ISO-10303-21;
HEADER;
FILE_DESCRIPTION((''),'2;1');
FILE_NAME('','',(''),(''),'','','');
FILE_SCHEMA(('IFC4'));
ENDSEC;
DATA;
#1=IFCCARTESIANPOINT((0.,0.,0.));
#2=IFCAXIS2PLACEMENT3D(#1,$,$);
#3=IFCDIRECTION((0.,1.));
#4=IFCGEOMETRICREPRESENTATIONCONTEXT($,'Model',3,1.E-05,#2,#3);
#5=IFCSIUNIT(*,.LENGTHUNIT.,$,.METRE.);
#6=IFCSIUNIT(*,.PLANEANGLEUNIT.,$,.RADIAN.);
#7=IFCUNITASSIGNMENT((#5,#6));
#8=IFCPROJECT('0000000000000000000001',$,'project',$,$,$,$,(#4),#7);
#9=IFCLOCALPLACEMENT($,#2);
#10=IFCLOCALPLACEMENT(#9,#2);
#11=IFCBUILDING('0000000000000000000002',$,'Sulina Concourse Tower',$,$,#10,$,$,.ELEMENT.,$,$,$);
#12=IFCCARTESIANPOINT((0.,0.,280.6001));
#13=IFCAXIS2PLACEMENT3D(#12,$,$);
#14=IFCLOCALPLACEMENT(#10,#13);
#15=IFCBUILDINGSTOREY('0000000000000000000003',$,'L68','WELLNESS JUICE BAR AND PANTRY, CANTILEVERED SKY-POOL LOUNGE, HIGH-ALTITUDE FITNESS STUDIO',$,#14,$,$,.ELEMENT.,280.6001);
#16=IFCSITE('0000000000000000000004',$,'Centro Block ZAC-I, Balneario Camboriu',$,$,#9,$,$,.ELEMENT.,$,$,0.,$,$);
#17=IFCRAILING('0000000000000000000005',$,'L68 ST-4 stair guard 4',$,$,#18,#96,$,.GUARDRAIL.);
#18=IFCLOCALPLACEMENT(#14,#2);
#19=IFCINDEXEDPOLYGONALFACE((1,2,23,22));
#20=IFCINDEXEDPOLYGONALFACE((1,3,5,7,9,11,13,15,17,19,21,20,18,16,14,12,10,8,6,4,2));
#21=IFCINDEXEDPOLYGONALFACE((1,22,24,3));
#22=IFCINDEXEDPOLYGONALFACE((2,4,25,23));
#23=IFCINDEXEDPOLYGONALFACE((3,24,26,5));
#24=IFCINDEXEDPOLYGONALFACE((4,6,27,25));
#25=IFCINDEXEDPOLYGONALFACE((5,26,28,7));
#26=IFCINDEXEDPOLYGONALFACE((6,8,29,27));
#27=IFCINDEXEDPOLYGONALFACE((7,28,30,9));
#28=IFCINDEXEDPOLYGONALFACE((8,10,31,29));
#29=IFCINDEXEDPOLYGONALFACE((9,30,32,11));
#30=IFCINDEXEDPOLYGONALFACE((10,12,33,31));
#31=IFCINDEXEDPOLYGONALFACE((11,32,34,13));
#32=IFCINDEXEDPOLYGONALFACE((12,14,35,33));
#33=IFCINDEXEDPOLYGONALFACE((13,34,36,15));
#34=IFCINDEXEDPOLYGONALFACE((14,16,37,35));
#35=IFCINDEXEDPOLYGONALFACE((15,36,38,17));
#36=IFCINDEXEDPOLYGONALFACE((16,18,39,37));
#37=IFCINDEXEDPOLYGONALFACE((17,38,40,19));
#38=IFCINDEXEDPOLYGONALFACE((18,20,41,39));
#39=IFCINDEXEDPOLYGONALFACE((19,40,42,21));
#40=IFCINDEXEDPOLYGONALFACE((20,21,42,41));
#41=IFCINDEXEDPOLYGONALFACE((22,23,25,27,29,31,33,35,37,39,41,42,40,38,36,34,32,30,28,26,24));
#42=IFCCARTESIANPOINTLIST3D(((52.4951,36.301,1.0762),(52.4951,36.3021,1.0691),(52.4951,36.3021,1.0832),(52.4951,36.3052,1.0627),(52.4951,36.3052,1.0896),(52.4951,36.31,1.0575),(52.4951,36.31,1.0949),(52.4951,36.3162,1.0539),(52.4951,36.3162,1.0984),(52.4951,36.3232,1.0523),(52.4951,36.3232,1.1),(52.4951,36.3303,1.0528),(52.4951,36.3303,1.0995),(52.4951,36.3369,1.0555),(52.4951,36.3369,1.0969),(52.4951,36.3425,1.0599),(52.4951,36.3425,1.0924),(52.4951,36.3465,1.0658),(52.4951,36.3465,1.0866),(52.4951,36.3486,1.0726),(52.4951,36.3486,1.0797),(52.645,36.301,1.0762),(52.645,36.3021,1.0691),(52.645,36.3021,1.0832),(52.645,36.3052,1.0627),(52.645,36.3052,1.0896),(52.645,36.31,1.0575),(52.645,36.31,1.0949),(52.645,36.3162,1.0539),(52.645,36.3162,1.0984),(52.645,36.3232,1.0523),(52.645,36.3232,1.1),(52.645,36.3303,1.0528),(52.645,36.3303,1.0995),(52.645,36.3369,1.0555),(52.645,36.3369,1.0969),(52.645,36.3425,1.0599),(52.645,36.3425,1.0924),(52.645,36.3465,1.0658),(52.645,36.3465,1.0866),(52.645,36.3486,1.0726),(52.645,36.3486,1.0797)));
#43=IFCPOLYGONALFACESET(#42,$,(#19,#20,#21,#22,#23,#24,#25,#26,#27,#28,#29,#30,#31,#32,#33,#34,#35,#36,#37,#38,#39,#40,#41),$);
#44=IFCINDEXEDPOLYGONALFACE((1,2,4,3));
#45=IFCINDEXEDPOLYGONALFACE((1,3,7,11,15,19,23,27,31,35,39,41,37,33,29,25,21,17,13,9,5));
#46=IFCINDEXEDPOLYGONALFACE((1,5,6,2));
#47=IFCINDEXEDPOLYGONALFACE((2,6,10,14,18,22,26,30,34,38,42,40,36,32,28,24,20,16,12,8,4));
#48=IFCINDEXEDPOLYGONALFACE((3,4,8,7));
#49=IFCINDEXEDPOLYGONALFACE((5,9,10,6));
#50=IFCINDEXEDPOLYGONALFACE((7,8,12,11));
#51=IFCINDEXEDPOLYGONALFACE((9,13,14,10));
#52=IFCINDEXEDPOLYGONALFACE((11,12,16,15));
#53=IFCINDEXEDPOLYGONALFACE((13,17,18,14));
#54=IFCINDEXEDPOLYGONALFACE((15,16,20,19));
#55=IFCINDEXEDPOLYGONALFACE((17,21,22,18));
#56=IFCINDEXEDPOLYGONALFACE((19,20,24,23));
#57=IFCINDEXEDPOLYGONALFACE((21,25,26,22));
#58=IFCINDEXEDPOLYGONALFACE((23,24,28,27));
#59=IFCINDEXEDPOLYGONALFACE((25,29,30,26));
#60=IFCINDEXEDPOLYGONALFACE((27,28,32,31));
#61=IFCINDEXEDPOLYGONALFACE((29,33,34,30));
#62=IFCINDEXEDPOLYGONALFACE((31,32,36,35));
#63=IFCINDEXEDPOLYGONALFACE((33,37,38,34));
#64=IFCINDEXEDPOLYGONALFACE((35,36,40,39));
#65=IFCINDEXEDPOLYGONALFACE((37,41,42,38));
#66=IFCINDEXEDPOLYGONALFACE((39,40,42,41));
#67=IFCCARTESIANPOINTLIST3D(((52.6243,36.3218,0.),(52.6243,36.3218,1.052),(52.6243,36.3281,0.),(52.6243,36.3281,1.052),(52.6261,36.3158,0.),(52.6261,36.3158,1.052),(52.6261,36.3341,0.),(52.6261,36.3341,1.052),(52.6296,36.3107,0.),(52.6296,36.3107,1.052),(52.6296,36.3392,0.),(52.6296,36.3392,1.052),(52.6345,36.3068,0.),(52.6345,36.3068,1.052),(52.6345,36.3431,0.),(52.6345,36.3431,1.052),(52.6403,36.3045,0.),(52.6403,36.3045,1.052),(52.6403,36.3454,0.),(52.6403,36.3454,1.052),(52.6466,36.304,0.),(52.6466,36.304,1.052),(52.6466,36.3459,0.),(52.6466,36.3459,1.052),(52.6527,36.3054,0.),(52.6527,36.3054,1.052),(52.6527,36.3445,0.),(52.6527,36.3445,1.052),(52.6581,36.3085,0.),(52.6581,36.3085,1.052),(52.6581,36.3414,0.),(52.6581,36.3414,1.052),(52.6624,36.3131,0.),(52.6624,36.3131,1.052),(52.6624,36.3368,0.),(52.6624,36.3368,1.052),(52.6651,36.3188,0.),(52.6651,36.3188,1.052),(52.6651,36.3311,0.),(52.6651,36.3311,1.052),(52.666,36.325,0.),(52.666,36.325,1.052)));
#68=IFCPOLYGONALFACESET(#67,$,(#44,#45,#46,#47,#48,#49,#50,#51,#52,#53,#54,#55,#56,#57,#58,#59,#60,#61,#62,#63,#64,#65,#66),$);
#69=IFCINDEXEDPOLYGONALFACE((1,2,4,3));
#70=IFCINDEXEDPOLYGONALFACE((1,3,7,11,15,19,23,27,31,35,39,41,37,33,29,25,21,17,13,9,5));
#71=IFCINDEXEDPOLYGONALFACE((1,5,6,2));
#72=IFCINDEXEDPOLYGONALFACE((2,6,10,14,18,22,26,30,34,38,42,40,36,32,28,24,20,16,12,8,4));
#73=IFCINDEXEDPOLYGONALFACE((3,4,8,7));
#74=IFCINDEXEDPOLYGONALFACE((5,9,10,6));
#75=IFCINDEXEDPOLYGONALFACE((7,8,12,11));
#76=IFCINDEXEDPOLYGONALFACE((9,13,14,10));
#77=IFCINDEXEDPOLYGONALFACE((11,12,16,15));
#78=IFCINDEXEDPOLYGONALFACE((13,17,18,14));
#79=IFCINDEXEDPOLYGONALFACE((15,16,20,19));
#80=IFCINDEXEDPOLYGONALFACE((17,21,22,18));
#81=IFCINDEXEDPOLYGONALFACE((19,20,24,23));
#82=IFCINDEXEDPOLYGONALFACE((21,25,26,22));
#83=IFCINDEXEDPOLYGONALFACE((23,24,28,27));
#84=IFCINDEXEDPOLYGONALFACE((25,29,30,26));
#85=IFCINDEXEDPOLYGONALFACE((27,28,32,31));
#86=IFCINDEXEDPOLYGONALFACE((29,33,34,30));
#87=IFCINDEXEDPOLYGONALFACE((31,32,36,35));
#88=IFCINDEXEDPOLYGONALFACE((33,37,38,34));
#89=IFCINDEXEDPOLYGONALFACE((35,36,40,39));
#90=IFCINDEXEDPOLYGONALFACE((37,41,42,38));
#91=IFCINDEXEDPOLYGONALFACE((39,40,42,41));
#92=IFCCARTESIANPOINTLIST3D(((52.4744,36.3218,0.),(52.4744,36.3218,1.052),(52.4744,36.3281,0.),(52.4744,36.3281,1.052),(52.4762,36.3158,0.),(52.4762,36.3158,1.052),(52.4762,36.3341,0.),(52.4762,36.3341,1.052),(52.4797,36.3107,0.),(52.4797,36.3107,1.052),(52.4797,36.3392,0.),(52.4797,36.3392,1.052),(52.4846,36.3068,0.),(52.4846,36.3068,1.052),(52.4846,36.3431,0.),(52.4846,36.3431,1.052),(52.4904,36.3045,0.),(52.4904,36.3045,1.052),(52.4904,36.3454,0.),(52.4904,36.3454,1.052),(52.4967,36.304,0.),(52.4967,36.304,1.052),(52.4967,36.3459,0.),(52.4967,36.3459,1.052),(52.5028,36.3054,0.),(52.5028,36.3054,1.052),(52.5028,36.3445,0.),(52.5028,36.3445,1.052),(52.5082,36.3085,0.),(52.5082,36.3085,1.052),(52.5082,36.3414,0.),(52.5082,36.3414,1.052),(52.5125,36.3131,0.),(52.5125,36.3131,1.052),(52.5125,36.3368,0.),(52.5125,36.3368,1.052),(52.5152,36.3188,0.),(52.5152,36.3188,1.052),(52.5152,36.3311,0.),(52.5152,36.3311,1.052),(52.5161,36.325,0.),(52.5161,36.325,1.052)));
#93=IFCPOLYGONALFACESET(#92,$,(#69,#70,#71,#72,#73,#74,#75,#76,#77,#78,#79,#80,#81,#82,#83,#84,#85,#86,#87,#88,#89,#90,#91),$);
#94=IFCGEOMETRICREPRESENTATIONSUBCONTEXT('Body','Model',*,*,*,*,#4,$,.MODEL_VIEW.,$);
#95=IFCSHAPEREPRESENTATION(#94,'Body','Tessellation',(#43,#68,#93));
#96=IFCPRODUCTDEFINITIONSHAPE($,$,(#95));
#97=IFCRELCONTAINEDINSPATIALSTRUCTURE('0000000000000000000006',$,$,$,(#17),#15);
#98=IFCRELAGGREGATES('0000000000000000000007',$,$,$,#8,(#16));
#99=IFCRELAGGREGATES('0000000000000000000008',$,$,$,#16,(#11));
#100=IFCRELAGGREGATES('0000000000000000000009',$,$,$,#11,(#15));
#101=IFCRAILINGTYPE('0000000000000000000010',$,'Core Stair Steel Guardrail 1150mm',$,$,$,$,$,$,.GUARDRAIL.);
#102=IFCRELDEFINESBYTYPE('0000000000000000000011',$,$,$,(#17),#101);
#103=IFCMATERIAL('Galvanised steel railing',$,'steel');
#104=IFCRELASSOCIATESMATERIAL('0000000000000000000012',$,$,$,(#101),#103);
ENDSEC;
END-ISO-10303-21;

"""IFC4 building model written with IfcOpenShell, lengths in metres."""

from ifc_helpers import new_model, si_unit, direction, frame, origin, origin_2d, place, context, subcontext, project, spatial, circle, extrude, material, type_object, element, save


model = new_model("IFC4")

# Units and contexts
model_context = context("Model", 3, precision=1e-05, world=origin(), true_north=direction((0.0, 1.0)))
body_context = subcontext(model_context, "Body", "Model", "MODEL_VIEW")
ifc_project = project(units=[si_unit("LENGTHUNIT", "METRE"), si_unit("PLANEANGLEUNIT", "RADIAN")], contexts=[model_context])

# Site, building, storey
site_placement = place(None, origin())
site = spatial("IfcSite", under=ifc_project, at=site_placement, Name="Centro Block ZAC-I, Balneario Camboriu", CompositionType="ELEMENT", RefElevation=0.0)
building_placement = place(site_placement, origin())
building = spatial("IfcBuilding", under=site, at=building_placement, Name="Sulina Concourse Tower", CompositionType="ELEMENT")
storey_placement = place(building_placement, frame((0.0, 0.0, 280.6001)))
storey = spatial("IfcBuildingStorey", under=building, at=storey_placement, Name="L68", Description="WELLNESS JUICE BAR AND PANTRY, CANTILEVERED SKY-POOL LOUNGE, HIGH-ALTITUDE FITNESS STUDIO", CompositionType="ELEMENT", Elevation=280.6001)

# Railing
ifc_material_1 = material(Name="Galvanised steel railing", Category="steel")
railing_type_1 = type_object("IfcRailingType", Name="Core Stair Steel Guardrail 1150mm", PredefinedType="GUARDRAIL", material=ifc_material_1)
railing_1_placement = place(storey_placement, frame((52.645, 36.325, 0.0)))
element("IfcRailing", 1, at=railing_1_placement, inside=storey, type_object=railing_type_1, Name="L68 ST-4 stair guard 4", PredefinedType="GUARDRAIL", context=body_context, shape_type="SweptSolid", body=[
    extrude(circle(Radius=0.0239, at=origin_2d()), frame((0.0, 0.0, 1.0762), z_axis=(-1.0, 0.0, 0.0), x_axis=(0.0, -1.0, 0.0)), (0.0, 0.0, 1.0), 0.1499),
    extrude(circle(Radius=0.021, at=origin_2d()), origin(), (0.0, 0.0, 1.0), 1.052),
    extrude(circle(Radius=0.021, at=origin_2d()), frame((-0.1499, 0.0, 0.0)), (0.0, 0.0, 1.0), 1.052),
])

save(model, "model.ifc")
